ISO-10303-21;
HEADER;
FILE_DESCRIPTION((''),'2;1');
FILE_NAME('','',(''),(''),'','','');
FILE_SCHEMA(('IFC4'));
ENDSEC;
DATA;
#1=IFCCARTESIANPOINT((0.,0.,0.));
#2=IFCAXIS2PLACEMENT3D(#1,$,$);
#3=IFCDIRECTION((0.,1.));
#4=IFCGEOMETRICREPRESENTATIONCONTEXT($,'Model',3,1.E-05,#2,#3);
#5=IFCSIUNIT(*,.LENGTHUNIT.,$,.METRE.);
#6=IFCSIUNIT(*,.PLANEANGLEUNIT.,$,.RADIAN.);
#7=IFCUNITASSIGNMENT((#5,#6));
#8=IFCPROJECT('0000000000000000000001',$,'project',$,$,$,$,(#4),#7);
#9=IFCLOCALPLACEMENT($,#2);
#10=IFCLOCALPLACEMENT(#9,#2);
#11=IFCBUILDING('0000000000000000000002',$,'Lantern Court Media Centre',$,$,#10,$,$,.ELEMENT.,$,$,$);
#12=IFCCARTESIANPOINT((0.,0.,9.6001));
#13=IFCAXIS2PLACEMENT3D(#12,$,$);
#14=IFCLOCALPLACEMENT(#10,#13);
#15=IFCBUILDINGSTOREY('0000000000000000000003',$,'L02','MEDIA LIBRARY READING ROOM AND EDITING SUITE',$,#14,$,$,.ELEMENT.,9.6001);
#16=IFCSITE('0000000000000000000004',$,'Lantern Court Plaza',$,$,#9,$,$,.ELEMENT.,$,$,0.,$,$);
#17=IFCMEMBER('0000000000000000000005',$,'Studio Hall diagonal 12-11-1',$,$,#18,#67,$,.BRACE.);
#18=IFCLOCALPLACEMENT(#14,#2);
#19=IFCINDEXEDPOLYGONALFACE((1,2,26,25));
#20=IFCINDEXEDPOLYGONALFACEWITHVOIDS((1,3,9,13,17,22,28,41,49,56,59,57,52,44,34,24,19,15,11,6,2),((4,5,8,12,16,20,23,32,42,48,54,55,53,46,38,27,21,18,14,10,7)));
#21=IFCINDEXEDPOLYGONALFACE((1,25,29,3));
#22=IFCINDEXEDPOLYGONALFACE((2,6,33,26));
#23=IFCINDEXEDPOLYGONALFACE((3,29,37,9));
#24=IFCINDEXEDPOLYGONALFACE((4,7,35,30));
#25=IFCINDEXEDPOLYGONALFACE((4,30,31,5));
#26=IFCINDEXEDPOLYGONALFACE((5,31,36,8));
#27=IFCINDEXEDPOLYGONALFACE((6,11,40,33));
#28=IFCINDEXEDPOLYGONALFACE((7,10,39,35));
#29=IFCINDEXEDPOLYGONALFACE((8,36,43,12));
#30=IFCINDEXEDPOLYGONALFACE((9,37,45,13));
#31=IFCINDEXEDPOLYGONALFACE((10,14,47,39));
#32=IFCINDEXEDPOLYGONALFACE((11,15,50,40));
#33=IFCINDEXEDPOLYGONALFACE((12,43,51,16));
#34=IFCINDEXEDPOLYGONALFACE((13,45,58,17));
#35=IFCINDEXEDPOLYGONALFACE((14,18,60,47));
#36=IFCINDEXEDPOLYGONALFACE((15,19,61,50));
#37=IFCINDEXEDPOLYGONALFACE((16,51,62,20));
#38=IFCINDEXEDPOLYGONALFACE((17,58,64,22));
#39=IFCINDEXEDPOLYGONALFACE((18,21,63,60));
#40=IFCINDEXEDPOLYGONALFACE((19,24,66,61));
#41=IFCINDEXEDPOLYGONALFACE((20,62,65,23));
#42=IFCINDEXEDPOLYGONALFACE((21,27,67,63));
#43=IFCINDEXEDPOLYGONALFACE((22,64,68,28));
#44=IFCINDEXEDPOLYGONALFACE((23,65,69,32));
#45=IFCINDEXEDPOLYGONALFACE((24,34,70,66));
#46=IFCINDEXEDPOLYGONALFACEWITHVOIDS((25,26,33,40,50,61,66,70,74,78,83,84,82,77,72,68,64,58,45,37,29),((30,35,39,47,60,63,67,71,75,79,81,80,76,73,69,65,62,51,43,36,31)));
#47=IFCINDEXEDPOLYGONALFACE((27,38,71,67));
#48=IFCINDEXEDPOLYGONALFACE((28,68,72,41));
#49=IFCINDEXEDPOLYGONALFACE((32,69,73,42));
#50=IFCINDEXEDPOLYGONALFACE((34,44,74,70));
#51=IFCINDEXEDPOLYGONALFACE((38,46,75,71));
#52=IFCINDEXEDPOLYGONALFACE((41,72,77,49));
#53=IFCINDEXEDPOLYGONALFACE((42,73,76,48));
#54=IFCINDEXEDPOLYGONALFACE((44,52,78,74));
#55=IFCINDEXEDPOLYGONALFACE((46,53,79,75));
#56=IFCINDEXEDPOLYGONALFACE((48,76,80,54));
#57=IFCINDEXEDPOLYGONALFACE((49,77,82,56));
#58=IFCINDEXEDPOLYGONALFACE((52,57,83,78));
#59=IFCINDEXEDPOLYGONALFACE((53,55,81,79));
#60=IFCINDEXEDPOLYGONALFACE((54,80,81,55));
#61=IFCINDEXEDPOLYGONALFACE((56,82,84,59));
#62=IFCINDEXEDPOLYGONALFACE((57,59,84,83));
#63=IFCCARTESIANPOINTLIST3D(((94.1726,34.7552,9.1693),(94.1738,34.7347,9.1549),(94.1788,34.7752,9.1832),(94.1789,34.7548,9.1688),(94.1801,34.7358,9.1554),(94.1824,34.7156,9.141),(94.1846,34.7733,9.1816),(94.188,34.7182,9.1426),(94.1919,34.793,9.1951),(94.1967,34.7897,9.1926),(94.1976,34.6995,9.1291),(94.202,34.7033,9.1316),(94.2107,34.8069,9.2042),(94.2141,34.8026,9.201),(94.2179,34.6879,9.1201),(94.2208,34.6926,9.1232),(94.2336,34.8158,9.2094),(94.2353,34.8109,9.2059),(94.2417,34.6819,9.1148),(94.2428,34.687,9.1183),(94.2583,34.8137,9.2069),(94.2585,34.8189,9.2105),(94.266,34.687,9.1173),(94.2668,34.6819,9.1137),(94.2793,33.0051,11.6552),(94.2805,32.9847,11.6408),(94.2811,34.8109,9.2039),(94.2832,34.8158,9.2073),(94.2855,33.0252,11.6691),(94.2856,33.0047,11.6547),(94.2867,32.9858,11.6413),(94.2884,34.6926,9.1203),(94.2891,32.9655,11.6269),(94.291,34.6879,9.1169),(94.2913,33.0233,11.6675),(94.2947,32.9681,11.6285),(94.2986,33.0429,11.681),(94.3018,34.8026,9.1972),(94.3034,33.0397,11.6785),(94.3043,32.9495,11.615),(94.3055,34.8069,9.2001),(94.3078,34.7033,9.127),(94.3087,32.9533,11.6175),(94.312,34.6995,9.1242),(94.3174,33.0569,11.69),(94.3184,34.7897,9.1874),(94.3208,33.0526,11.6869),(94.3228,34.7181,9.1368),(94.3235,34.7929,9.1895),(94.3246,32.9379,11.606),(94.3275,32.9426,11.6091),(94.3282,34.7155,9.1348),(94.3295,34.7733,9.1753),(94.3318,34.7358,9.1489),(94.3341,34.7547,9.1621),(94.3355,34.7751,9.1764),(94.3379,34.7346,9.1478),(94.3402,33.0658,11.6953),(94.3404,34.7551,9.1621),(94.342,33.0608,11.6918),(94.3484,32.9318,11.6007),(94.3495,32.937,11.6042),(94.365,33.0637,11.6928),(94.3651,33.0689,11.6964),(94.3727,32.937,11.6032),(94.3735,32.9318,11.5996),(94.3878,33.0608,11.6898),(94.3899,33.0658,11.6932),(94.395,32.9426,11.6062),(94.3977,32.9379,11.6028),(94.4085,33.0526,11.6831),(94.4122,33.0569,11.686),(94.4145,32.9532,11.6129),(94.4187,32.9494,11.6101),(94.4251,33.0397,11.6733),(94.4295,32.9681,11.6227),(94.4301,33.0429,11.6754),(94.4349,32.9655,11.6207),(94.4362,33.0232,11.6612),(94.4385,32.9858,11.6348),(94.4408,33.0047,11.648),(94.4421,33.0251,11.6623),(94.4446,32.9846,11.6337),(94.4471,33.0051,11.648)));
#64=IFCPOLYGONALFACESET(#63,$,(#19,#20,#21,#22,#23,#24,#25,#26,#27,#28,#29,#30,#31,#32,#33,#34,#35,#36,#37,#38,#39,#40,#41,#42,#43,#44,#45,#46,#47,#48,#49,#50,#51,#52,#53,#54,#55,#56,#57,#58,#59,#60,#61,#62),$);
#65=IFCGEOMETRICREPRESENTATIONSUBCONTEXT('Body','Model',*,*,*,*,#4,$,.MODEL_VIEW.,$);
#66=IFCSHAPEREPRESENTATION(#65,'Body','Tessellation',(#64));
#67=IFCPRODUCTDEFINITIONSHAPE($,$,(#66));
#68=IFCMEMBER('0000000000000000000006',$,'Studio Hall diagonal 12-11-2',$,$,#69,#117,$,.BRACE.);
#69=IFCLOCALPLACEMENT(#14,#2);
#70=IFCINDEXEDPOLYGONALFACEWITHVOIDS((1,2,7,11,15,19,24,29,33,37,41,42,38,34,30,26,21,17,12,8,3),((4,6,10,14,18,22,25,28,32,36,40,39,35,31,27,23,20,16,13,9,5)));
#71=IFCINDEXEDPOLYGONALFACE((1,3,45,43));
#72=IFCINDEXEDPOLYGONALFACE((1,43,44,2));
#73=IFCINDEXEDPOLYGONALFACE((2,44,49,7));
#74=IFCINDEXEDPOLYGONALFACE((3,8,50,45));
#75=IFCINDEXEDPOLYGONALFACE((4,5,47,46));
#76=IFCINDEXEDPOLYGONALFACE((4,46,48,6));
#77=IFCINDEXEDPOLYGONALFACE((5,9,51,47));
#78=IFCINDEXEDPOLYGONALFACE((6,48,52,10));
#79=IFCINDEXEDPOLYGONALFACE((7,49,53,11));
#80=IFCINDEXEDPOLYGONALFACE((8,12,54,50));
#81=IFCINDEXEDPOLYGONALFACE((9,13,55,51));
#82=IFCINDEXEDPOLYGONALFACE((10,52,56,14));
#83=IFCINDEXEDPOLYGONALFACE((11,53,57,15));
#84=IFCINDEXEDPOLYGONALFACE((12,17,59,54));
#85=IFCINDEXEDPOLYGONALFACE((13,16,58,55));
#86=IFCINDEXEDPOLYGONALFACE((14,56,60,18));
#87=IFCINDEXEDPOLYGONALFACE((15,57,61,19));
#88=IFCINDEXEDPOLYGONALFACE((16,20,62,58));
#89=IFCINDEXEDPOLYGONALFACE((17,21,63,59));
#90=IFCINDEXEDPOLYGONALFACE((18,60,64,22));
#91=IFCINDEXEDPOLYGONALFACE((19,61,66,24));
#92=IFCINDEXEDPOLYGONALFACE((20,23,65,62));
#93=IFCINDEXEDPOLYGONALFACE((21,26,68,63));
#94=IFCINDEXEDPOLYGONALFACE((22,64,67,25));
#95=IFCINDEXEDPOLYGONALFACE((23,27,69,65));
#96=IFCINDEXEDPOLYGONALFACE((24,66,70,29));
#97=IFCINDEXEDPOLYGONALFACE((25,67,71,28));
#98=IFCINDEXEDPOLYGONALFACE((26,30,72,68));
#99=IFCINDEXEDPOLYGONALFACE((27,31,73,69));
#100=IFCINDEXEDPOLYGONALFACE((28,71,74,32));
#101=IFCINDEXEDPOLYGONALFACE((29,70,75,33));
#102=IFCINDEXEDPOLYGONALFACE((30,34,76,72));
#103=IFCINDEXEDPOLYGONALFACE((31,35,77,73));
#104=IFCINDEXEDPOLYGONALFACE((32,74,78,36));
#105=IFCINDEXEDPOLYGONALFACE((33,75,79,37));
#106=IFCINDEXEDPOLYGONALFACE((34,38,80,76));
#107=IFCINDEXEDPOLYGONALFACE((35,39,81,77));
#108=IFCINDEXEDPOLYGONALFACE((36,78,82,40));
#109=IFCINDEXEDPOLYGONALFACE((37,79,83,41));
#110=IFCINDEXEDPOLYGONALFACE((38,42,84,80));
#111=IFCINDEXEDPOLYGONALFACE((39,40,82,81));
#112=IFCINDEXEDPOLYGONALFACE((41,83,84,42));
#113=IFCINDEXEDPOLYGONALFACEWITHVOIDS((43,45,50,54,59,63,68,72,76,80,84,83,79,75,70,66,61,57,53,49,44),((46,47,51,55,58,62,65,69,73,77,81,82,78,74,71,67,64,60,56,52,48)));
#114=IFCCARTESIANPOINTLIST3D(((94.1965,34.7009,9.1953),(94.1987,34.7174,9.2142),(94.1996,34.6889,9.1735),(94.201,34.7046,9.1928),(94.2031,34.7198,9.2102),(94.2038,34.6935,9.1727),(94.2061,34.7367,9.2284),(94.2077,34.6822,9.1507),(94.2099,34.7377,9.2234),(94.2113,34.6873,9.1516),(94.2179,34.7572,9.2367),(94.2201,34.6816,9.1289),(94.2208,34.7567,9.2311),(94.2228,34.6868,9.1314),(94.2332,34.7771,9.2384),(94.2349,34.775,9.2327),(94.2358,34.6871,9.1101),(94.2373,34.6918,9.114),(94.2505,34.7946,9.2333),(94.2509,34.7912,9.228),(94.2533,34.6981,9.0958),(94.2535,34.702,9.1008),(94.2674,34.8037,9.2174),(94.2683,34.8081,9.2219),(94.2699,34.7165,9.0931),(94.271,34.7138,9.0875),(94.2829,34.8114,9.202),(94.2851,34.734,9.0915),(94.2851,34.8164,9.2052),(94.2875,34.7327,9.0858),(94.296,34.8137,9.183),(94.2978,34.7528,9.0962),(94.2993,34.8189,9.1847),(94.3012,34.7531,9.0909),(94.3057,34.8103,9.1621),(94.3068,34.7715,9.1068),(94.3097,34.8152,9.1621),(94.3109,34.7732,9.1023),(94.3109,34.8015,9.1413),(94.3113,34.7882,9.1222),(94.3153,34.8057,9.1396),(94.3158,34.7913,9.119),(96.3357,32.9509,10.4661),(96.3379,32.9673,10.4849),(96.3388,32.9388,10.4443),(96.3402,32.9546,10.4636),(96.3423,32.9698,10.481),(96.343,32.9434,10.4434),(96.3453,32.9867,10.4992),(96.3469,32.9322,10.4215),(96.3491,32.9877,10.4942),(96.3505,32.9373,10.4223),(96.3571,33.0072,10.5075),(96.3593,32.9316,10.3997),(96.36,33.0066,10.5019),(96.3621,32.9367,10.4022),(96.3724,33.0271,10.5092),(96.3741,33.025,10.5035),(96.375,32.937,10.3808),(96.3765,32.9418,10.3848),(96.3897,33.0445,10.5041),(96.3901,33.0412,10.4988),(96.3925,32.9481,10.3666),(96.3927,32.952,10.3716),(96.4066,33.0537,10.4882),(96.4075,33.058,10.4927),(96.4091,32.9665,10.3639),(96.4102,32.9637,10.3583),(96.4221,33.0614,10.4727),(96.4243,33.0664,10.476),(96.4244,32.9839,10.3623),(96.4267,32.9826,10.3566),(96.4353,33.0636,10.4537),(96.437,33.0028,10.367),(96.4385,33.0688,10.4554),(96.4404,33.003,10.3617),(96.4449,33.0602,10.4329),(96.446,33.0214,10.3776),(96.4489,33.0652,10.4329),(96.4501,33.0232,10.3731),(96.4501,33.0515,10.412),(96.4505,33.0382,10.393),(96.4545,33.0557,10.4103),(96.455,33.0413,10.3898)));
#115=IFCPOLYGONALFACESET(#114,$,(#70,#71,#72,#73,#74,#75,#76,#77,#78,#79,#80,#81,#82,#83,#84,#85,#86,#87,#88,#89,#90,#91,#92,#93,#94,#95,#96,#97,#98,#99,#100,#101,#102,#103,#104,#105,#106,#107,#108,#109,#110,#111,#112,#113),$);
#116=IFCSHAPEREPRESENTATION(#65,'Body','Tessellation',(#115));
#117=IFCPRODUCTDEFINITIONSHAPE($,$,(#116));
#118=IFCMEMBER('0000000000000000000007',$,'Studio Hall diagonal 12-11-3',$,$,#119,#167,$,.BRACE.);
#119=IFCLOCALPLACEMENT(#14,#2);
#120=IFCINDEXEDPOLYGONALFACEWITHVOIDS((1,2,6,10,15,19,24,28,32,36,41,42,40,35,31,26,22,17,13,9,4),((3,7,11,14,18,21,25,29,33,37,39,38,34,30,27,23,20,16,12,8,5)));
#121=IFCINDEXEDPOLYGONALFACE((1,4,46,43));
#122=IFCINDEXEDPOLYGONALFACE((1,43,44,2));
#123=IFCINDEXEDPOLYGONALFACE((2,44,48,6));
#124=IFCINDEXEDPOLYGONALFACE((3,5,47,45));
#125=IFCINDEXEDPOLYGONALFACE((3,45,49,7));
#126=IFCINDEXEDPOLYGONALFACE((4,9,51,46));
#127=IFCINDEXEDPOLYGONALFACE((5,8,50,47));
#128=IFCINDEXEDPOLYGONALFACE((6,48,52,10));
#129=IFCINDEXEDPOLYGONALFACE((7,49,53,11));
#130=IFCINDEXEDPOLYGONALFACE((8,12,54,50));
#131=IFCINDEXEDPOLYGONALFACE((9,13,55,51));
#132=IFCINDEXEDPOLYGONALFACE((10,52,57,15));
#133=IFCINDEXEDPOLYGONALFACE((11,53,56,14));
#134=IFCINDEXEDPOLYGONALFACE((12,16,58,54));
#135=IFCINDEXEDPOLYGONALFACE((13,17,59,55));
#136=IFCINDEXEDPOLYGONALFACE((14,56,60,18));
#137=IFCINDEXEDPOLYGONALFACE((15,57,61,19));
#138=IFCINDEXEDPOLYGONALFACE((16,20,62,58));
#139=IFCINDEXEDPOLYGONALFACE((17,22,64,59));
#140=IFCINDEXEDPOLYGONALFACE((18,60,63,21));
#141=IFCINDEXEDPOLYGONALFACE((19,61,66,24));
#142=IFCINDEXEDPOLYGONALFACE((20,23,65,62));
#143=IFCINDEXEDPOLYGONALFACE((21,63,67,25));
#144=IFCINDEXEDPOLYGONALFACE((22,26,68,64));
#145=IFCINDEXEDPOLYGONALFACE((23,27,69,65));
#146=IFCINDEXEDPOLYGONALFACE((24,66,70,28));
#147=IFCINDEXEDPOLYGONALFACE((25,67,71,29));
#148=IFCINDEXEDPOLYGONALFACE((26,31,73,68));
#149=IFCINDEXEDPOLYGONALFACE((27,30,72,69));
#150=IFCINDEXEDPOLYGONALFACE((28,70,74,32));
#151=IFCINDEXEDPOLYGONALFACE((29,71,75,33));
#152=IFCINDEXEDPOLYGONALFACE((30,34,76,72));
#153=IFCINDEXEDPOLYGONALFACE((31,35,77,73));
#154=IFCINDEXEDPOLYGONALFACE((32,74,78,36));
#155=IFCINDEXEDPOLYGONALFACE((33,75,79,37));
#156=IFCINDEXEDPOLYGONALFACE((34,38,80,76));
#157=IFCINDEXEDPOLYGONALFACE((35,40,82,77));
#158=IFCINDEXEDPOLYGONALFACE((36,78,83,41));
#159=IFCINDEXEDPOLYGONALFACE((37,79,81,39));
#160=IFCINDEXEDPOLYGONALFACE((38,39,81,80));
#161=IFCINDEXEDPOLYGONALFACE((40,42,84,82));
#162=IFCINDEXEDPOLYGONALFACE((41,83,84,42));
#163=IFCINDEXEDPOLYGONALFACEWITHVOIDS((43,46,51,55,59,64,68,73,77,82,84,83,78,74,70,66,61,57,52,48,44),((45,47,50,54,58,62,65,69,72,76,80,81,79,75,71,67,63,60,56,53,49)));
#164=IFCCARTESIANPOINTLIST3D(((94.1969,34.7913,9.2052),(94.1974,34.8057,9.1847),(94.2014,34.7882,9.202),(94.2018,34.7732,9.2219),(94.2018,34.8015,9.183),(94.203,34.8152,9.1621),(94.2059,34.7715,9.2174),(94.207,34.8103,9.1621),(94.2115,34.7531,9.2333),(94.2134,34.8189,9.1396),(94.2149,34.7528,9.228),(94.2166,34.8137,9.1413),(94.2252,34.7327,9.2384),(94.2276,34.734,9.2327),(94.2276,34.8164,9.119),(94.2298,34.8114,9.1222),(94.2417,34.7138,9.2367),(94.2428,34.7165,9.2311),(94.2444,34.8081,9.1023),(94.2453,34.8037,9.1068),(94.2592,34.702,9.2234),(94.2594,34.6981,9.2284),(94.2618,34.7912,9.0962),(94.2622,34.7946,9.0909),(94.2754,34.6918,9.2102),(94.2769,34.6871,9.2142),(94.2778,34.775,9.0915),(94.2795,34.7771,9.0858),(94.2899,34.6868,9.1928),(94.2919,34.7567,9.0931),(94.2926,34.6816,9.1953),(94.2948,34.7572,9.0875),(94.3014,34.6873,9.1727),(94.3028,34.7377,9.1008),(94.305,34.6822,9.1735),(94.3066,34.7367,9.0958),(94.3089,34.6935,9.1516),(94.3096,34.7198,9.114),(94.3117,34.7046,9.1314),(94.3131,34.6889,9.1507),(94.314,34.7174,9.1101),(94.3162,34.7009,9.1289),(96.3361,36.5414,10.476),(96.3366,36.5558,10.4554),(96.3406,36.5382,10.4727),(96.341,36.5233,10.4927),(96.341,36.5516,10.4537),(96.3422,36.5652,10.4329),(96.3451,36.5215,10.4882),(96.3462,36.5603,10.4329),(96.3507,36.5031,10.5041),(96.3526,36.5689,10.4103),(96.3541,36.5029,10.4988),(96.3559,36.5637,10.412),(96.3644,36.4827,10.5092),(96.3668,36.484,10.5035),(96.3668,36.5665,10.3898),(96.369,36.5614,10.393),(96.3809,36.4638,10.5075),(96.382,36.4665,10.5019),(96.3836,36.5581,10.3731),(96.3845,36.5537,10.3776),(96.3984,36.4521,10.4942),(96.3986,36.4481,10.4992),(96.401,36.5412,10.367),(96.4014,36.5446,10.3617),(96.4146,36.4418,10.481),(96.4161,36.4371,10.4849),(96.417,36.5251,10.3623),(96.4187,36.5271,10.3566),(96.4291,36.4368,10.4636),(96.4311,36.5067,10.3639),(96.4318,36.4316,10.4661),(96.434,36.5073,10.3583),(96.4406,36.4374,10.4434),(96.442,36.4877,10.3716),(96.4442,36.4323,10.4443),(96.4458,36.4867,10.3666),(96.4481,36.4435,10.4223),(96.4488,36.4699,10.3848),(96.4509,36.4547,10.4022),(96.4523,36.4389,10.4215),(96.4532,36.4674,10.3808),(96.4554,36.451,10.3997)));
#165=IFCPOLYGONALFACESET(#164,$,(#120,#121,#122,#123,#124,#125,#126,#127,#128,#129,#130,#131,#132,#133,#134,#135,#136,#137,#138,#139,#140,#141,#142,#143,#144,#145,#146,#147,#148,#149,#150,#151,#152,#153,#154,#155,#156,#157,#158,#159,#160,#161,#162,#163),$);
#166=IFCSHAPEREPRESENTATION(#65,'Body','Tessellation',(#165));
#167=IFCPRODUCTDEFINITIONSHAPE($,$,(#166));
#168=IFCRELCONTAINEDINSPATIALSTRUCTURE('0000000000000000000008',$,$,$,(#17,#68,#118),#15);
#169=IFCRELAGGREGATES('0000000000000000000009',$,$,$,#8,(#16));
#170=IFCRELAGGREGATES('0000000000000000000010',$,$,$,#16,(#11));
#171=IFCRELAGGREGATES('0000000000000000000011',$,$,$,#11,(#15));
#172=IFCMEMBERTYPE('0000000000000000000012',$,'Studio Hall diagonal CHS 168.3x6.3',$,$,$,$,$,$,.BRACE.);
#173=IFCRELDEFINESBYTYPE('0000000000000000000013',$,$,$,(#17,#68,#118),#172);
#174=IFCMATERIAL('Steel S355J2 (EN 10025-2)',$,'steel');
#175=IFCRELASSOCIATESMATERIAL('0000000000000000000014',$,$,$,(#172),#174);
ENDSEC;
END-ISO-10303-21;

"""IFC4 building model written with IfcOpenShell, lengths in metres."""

from ifc_helpers import new_model, si_unit, direction, frame, origin, origin_2d, place, context, subcontext, project, spatial, hollow_circle, extrude, material, material_profile, profile_set, type_object, element, save


model = new_model("IFC4")

# Units and contexts
model_context = context("Model", 3, precision=1e-05, world=origin(), true_north=direction((0.0, 1.0)))
body_context = subcontext(model_context, "Body", "Model", "MODEL_VIEW")
ifc_project = project(units=[si_unit("LENGTHUNIT", "METRE"), si_unit("PLANEANGLEUNIT", "RADIAN")], contexts=[model_context])

# Site, building, storey
site_placement = place(None, origin())
site = spatial("IfcSite", under=ifc_project, at=site_placement, Name="Lantern Court Plaza", CompositionType="ELEMENT", RefElevation=0.0)
building_placement = place(site_placement, origin())
building = spatial("IfcBuilding", under=site, at=building_placement, Name="Lantern Court Media Centre", CompositionType="ELEMENT")
storey_placement = place(building_placement, frame((0.0, 0.0, 9.6001)))
storey = spatial("IfcBuildingStorey", under=building, at=storey_placement, Name="L02", Description="MEDIA LIBRARY READING ROOM AND EDITING SUITE", CompositionType="ELEMENT", Elevation=9.6001)

# Members
ifc_material = material(Name="Steel S355J2 (EN 10025-2)", Category="steel")
ifc_material_profile_1 = material_profile(ifc_material, hollow_circle(Radius=0.0842, WallThickness=0.0063, at=origin_2d()), Name="Studio Hall diagonal CHS 168.3x6.3")
ifc_profile_set_1 = profile_set([ifc_material_profile_1], Name="Steel S355J2 (EN 10025-2)")
member_type_1 = type_object("IfcMemberType", Name="Studio Hall diagonal CHS 168.3x6.3", PredefinedType="BRACE", material=ifc_profile_set_1)
for number, where, z_axis, x_axis, name in (
    (1, (94.2563, 34.75, 9.1621), (0.035073, -0.575294, 0.817194), (0.998147, 0.060852, 0.0), "Studio Hall diagonal 12-11-1"),
    (2, (94.2563, 34.75, 9.1621), (0.703225, -0.575293, 0.417746), (0.63319, 0.773997, 0.0), "Studio Hall diagonal 12-11-2"),
    (3, (94.2563, 34.75, 9.1621), (0.703225, 0.575293, 0.417746), (-0.63319, 0.773997, 0.0), "Studio Hall diagonal 12-11-3"),
):
    element("IfcMember", number, at=place(storey_placement, frame(where, z_axis=z_axis, x_axis=x_axis)), inside=storey, type_object=member_type_1, Name=name, PredefinedType="BRACE", context=body_context, shape_type="SweptSolid", body=[
        extrude(hollow_circle(Radius=0.0842, WallThickness=0.0063, at=origin_2d()), origin(), (0.0, 0.0, 1.0), 3.042),
    ])

save(model, "model.ifc")
